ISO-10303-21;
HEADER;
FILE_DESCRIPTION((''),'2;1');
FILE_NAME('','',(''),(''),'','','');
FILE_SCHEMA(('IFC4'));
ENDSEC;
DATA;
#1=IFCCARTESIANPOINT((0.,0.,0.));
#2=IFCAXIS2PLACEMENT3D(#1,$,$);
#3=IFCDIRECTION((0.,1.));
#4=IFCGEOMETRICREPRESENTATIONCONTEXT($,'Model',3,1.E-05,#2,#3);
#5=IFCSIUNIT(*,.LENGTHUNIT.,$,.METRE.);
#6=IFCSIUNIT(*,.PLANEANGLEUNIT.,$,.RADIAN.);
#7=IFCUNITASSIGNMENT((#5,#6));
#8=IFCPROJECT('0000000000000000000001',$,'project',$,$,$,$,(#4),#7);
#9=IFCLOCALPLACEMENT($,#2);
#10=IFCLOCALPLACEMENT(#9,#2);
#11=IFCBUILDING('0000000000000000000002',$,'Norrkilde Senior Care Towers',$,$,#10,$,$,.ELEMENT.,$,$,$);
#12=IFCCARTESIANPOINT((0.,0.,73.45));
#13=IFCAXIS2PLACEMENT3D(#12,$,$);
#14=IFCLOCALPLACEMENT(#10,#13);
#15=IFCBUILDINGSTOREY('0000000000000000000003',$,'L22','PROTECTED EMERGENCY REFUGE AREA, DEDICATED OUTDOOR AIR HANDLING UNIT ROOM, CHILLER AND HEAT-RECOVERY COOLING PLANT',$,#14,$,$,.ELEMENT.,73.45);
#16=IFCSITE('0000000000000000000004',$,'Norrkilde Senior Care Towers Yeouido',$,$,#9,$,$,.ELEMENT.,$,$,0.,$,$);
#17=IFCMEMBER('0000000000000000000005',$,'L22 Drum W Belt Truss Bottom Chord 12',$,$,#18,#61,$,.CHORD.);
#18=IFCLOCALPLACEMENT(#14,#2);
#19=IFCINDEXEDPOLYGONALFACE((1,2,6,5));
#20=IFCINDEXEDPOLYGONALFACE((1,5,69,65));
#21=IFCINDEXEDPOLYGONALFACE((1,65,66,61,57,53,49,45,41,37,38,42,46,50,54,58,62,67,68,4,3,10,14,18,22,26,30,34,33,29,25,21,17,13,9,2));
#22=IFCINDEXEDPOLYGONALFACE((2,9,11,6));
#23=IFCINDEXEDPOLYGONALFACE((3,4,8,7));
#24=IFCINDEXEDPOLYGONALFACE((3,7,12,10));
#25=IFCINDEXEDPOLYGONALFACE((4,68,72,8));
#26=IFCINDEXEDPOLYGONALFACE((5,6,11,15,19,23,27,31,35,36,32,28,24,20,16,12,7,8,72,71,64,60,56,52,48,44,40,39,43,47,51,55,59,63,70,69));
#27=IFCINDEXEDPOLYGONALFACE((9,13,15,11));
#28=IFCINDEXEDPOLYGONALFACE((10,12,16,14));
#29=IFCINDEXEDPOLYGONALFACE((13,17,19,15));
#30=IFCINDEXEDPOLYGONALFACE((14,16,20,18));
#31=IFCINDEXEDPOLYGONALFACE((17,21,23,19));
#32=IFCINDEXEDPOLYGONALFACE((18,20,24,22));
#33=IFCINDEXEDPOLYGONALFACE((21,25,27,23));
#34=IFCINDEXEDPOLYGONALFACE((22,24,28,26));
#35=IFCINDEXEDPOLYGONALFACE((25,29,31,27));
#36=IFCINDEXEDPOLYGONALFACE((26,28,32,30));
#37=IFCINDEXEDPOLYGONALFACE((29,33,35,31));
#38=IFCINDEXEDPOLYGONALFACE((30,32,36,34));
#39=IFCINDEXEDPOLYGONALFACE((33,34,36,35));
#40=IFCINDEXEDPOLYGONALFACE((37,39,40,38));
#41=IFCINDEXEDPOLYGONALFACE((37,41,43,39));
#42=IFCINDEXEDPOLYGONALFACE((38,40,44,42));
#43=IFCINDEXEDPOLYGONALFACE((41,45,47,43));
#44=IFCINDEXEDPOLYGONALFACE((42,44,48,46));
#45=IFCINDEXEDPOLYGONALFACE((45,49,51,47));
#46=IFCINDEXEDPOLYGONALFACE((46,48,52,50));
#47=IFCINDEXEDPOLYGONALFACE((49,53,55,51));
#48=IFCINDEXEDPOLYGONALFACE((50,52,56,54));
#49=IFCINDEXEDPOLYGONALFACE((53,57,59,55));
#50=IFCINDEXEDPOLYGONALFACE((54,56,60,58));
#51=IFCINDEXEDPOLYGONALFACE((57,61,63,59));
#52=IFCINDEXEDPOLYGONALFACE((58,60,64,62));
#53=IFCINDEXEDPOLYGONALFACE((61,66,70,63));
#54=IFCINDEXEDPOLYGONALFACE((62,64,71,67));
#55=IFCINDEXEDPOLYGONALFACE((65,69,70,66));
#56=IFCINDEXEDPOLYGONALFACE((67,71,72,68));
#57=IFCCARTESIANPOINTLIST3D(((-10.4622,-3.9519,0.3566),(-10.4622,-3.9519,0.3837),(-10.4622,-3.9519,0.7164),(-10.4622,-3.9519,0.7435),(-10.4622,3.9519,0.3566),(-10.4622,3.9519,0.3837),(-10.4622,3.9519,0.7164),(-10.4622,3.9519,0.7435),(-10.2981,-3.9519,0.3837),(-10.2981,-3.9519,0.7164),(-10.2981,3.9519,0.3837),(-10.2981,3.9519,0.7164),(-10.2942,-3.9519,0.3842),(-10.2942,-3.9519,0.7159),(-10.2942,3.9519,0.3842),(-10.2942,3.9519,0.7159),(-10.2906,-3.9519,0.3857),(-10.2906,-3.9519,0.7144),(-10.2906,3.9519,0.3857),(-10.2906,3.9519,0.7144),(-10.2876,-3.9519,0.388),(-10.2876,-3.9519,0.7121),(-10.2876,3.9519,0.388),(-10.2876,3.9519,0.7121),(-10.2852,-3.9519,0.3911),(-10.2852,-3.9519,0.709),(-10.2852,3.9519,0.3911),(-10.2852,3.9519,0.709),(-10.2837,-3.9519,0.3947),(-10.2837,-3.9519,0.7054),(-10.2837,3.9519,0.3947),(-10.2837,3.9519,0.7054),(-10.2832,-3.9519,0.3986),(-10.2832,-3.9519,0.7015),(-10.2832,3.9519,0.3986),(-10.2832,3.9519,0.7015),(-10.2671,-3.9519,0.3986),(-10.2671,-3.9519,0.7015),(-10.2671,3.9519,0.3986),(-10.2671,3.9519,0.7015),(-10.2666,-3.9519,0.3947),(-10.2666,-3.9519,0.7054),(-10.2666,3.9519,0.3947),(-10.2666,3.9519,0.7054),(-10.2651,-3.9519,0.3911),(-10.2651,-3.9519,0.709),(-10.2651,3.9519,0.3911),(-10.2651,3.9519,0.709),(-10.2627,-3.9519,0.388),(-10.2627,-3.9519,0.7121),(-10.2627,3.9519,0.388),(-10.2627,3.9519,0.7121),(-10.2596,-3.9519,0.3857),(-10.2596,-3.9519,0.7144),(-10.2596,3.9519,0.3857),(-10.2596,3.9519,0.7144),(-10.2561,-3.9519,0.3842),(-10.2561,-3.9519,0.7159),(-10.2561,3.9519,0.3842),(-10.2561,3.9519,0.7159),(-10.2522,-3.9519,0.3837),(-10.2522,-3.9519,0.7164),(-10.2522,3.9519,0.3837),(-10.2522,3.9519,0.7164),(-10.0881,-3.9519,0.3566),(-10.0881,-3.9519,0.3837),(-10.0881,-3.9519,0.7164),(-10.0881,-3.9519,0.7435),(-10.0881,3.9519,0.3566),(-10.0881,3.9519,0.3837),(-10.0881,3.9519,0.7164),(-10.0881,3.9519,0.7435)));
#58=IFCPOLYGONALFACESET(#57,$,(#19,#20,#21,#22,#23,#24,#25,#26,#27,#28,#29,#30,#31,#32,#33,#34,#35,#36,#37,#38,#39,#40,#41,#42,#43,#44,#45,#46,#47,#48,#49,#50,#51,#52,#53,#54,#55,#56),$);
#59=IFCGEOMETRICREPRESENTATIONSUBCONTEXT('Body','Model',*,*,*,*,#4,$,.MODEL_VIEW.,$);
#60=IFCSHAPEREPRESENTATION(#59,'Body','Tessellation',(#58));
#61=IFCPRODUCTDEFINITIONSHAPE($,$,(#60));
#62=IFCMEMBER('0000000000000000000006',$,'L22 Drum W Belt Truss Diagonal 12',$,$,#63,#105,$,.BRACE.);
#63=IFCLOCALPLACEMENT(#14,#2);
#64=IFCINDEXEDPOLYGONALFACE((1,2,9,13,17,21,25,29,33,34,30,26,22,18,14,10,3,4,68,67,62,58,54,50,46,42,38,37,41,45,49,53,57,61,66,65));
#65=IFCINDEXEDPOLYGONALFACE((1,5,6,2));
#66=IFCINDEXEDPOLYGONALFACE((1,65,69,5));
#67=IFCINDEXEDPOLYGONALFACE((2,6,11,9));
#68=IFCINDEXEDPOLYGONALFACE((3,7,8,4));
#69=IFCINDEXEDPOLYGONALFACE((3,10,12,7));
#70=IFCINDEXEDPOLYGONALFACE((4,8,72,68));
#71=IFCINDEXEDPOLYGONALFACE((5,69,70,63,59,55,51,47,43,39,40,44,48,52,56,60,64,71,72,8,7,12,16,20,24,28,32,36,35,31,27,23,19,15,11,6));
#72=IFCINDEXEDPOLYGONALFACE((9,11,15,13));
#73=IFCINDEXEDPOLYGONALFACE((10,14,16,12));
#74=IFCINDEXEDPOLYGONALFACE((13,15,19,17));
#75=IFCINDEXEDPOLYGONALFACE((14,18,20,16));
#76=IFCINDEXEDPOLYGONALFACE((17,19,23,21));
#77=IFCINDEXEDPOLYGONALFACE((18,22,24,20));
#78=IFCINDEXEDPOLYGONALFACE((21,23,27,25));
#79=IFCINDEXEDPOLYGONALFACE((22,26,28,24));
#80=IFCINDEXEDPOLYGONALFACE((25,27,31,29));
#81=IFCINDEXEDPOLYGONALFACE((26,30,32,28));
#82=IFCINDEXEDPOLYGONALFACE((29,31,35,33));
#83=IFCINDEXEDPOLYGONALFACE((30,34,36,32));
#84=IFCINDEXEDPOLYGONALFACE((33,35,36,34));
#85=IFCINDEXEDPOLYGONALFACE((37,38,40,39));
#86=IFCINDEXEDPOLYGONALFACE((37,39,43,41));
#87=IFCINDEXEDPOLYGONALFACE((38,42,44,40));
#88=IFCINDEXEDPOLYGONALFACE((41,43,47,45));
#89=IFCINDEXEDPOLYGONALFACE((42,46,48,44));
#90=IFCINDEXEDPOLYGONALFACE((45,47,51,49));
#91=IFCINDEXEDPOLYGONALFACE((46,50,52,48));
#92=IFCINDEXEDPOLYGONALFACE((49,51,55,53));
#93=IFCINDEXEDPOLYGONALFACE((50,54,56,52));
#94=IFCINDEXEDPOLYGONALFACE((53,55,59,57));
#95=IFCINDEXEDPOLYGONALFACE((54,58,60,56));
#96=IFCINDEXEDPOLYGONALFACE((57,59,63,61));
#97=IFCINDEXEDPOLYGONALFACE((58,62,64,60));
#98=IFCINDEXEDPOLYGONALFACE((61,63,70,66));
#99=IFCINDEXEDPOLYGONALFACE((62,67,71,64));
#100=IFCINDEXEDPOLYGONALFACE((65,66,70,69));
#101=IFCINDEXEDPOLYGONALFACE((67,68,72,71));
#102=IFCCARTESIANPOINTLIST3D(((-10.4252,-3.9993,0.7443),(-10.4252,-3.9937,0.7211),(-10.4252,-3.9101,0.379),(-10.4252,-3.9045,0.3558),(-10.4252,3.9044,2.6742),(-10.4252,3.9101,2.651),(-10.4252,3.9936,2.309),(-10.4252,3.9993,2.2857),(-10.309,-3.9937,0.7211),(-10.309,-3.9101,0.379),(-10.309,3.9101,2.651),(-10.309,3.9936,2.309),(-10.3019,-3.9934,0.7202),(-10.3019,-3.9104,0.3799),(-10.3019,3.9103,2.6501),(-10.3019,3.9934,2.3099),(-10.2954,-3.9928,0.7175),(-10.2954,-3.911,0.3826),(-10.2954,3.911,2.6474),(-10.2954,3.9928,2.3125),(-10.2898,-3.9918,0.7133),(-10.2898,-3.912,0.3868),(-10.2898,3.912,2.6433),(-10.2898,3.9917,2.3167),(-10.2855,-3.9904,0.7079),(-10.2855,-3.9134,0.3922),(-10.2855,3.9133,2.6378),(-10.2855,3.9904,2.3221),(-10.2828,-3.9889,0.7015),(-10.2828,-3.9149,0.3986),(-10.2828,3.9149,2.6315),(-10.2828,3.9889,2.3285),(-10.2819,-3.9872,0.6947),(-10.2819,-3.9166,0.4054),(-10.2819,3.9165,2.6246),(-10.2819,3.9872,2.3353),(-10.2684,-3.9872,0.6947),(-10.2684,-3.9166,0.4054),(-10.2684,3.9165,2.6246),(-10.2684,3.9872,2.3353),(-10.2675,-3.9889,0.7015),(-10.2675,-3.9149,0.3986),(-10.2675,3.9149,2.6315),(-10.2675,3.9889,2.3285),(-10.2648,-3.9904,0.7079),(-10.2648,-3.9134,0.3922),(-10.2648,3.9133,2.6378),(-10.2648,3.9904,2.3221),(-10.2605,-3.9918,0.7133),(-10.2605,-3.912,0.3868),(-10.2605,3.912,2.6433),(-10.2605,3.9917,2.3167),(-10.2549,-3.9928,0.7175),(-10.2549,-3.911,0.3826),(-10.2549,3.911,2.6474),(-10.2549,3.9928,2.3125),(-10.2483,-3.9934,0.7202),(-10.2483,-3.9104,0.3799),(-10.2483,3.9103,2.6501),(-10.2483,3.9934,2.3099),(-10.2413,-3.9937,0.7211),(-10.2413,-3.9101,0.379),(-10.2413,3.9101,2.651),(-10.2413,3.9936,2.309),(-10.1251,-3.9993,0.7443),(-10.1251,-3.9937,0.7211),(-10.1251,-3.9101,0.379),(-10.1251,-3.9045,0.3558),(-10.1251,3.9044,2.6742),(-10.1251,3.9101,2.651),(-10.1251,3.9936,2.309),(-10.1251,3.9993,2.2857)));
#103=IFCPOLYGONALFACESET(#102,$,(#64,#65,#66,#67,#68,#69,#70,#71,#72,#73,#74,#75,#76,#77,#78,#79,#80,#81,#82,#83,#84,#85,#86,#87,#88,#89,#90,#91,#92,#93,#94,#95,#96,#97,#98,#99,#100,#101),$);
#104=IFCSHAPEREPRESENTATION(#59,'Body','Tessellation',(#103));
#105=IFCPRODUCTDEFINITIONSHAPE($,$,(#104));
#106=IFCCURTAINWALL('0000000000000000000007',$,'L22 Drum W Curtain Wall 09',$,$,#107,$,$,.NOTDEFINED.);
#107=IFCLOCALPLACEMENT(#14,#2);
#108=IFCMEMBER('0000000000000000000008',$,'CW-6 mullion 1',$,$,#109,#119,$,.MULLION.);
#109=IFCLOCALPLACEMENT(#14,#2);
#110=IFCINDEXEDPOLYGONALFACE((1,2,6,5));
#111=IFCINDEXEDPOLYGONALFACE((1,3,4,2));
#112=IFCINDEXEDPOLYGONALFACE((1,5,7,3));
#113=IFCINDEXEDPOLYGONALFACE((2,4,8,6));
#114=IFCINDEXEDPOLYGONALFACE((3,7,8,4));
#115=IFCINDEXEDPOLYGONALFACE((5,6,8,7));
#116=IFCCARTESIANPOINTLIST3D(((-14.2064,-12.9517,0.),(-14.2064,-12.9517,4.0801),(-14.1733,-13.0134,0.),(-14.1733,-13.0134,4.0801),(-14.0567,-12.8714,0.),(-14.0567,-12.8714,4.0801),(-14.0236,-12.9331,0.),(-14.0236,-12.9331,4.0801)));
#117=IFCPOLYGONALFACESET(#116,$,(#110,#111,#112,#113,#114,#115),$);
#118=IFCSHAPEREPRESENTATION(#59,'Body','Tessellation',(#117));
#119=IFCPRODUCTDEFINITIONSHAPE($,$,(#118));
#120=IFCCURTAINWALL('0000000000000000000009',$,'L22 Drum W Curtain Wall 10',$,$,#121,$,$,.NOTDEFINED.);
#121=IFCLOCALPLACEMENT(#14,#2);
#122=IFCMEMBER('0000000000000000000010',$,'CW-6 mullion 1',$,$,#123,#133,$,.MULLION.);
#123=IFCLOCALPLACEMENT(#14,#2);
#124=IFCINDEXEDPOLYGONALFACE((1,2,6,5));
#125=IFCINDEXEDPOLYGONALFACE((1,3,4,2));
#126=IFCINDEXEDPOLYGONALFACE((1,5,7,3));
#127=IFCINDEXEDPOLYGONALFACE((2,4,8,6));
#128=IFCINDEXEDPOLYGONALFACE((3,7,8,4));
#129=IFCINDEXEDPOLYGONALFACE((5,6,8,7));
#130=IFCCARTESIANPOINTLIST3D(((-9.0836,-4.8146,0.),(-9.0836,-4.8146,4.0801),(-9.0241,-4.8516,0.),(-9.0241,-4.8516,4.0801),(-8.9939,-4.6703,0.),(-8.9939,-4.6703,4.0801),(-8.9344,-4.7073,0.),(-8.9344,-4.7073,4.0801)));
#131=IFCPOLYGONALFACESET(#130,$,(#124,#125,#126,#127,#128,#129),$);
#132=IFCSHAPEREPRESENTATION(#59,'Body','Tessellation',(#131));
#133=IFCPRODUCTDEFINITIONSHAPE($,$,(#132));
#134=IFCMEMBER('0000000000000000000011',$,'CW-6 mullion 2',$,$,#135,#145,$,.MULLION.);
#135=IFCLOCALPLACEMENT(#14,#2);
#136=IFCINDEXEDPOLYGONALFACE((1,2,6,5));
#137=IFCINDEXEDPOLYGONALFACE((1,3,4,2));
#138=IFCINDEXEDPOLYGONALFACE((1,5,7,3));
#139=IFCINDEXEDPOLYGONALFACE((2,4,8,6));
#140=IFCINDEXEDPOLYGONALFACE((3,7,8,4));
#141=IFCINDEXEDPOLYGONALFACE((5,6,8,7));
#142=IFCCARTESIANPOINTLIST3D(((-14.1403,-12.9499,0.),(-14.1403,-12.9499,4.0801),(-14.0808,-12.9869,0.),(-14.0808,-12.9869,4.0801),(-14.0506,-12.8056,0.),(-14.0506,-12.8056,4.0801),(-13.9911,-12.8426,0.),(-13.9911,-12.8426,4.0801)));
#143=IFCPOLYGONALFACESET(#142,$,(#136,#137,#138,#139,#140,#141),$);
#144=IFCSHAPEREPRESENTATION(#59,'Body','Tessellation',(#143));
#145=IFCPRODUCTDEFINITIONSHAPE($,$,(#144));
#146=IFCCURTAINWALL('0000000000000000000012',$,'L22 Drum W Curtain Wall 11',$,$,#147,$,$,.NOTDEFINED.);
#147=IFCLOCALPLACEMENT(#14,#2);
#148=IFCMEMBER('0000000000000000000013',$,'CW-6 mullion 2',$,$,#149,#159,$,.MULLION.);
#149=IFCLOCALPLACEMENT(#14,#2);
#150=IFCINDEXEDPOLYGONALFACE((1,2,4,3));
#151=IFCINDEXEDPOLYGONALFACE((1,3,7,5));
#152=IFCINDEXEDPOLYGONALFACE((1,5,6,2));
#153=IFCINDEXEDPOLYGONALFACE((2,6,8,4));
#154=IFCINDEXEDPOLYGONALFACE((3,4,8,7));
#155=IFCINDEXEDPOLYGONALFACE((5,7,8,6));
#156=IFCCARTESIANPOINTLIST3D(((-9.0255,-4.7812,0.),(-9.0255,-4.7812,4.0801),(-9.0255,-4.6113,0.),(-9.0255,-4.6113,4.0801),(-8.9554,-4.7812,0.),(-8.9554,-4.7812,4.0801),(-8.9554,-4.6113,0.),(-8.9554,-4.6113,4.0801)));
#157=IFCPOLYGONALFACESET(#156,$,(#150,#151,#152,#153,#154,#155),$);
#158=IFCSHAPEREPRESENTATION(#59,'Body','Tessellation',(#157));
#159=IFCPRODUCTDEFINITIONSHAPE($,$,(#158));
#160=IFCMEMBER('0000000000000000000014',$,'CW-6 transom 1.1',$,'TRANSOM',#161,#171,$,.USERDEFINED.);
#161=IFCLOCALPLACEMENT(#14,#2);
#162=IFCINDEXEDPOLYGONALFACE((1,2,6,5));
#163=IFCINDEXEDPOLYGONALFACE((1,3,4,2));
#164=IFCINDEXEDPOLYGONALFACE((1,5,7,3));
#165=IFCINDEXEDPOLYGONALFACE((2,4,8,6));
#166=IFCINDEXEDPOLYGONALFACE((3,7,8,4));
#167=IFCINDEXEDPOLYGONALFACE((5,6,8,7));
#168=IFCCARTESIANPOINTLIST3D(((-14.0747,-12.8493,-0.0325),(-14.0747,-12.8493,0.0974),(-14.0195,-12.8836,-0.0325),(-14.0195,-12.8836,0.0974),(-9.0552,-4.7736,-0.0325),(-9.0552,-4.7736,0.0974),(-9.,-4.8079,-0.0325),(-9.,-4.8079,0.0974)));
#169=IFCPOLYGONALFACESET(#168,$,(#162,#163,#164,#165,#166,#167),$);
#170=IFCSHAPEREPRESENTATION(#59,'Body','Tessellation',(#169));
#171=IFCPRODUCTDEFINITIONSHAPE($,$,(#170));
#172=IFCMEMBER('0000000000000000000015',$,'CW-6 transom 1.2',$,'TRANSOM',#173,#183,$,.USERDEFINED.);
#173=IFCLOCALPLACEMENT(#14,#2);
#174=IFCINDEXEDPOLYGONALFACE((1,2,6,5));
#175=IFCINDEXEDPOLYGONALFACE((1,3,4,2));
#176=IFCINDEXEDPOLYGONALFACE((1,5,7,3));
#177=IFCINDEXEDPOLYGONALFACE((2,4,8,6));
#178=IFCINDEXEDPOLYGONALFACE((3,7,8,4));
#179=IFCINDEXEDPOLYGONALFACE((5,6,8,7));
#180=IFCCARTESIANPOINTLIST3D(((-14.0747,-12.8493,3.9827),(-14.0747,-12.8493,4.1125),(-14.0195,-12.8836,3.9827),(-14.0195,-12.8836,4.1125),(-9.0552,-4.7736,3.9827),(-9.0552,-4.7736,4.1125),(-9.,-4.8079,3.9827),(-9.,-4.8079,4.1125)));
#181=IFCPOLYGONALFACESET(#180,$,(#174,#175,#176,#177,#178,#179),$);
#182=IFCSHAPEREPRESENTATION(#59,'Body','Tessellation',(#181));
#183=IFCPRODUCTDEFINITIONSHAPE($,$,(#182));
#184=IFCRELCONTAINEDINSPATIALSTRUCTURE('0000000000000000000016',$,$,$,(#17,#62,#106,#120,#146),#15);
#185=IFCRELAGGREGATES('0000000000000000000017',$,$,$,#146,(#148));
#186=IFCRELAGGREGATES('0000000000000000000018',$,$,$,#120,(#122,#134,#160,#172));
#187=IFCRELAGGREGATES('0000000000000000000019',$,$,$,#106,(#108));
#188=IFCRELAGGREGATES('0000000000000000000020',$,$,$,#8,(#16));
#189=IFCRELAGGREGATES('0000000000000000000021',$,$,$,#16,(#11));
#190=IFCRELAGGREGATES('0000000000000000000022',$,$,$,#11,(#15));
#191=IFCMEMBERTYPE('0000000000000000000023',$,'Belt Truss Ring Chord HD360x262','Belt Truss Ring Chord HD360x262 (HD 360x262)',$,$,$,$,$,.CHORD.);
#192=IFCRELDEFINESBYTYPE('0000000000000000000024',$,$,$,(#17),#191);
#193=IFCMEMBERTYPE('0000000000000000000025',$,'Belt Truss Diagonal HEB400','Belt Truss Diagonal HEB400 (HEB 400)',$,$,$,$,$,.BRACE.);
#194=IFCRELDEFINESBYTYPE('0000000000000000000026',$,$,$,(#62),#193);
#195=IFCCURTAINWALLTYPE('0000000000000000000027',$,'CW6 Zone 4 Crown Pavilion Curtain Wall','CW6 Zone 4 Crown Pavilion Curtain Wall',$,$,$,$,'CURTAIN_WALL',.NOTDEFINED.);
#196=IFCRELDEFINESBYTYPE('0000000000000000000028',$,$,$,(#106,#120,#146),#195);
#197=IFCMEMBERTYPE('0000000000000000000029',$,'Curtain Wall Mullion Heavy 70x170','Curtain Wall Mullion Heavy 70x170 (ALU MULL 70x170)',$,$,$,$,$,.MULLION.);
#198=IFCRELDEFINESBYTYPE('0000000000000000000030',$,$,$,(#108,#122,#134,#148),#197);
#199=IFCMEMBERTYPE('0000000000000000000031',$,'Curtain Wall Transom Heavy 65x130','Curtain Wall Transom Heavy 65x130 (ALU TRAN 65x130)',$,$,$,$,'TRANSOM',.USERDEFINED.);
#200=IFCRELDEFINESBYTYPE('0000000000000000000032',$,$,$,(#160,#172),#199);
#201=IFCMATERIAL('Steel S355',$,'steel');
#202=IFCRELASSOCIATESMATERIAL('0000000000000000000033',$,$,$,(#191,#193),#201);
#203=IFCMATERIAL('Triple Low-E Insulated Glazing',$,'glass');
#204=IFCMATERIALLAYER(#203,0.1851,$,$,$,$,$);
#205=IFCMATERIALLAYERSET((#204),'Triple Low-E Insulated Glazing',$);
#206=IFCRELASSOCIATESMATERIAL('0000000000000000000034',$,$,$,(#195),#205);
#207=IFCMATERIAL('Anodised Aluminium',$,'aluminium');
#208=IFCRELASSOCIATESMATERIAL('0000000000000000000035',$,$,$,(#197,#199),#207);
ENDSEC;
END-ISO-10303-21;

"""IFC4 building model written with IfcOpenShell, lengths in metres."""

from ifc_helpers import new_model, si_unit, direction, frame, origin, origin_2d, place, context, subcontext, project, spatial, rectangle, i_section, extrude, source, transform, mapped, material, layer, layer_set, material_profile, profile_set, type_object, type_shapes, element, aggregate, save


model = new_model("IFC4")

# Units and contexts
model_context = context("Model", 3, precision=1e-05, world=origin(), true_north=direction((0.0, 1.0)))
body_context = subcontext(model_context, "Body", "Model", "MODEL_VIEW")
ifc_project = project(units=[si_unit("LENGTHUNIT", "METRE"), si_unit("PLANEANGLEUNIT", "RADIAN")], contexts=[model_context])

# Site, building, storey
site_placement = place(None, origin())
site = spatial("IfcSite", under=ifc_project, at=site_placement, Name="Norrkilde Senior Care Towers Yeouido", CompositionType="ELEMENT", RefElevation=0.0)
building_placement = place(site_placement, origin())
building = spatial("IfcBuilding", under=site, at=building_placement, Name="Norrkilde Senior Care Towers", CompositionType="ELEMENT")
storey_placement = place(building_placement, frame((0.0, 0.0, 73.45)))
storey = spatial("IfcBuildingStorey", under=building, at=storey_placement, Name="L22", Description="PROTECTED EMERGENCY REFUGE AREA, DEDICATED OUTDOOR AIR HANDLING UNIT ROOM, CHILLER AND HEAT-RECOVERY COOLING PLANT", CompositionType="ELEMENT", Elevation=73.45)

# Members
ifc_material_1 = material(Name="Steel S355", Category="steel")
ifc_material_profile_1 = material_profile(ifc_material_1, i_section(OverallWidth=0.374, OverallDepth=0.387, WebThickness=0.0161, FlangeThickness=0.0271, FilletRadius=0.0149, at=origin_2d()), Name="HD 360x262")
ifc_profile_set_1 = profile_set([ifc_material_profile_1], Name="Steel S355")
member_type_1 = type_object("IfcMemberType", Name="Belt Truss Ring Chord HD360x262", Description="Belt Truss Ring Chord HD360x262 (HD 360x262)", PredefinedType="CHORD", material=ifc_profile_set_1)
ifc_material_profile_2 = material_profile(ifc_material_1, i_section(OverallWidth=0.3, OverallDepth=0.3999, WebThickness=0.0134, FlangeThickness=0.0239, FilletRadius=0.0271, at=origin_2d()), Name="HEB 400")
ifc_profile_set_2 = profile_set([ifc_material_profile_2], Name="Steel S355")
member_type_2 = type_object("IfcMemberType", Name="Belt Truss Diagonal HEB400", Description="Belt Truss Diagonal HEB400 (HEB 400)", PredefinedType="BRACE", material=ifc_profile_set_2)
shared_shape_1 = source(origin(), body_context, "Body", "SweptSolid", [
    extrude(i_section(OverallWidth=0.374, OverallDepth=0.387, WebThickness=0.0161, FlangeThickness=0.0271, FilletRadius=0.0149, at=origin_2d()), origin(), (0.0, 0.0, 1.0), 7.9038),
])
member_1_placement = place(storey_placement, frame((-10.2751, -3.9519, 0.55), z_axis=(0.0, 1.0, 0.0), x_axis=(-1.0, 0.0, 0.0)))
element("IfcMember", 1, at=member_1_placement, inside=storey, type_object=member_type_1, Name="L22 Drum W Belt Truss Bottom Chord 12", PredefinedType="CHORD", context=body_context, shape_type="MappedRepresentation", body=[
    mapped(shared_shape_1, transform((0.0, 0.0, 0.0), x_axis=(1.0, 0.0, 0.0), y_axis=(0.0, 1.0, 0.0), z_axis=(0.0, 0.0, 1.0), scale=1.0)),
])
shared_shape_2 = source(origin(), body_context, "Body", "SweptSolid", [
    extrude(i_section(OverallWidth=0.3, OverallDepth=0.3999, WebThickness=0.0134, FlangeThickness=0.0239, FilletRadius=0.0271, at=origin_2d()), origin(), (0.0, 0.0, 1.0), 8.136),
])
member_2_placement = place(storey_placement, frame((-10.2751, -3.9519, 0.55), z_axis=(0.0, 0.971459, 0.237208), x_axis=(-1.0, 0.0, 0.0)))
element("IfcMember", 2, at=member_2_placement, inside=storey, type_object=member_type_2, Name="L22 Drum W Belt Truss Diagonal 12", PredefinedType="BRACE", context=body_context, shape_type="MappedRepresentation", body=[
    mapped(shared_shape_2, transform((0.0, 0.0, 0.0), x_axis=(1.0, 0.0, 0.0), y_axis=(0.0, 1.0, 0.0), z_axis=(0.0, 0.0, 1.0), scale=1.0)),
])

# Curtain wall, member
ifc_material_2 = material(Name="Triple Low-E Insulated Glazing", Category="glass")
ifc_layer_1 = layer(ifc_material_2, 0.1851)
ifc_layer_set_1 = layer_set([ifc_layer_1], Name="Triple Low-E Insulated Glazing")
curtain_wall_type = type_object("IfcCurtainWallType", Name="CW6 Zone 4 Crown Pavilion Curtain Wall", Description="CW6 Zone 4 Crown Pavilion Curtain Wall", ElementType="CURTAIN_WALL", PredefinedType="NOTDEFINED", material=ifc_layer_set_1)
curtain_wall_1_placement = place(storey_placement, origin())
curtain_wall_1 = element("IfcCurtainWall", 3, at=curtain_wall_1_placement, inside=storey, type_object=curtain_wall_type, Name="L22 Drum W Curtain Wall 09", PredefinedType="NOTDEFINED")
ifc_material_3 = material(Name="Anodised Aluminium", Category="aluminium")
ifc_material_profile_3 = material_profile(ifc_material_3, rectangle(XDim=0.0701, YDim=0.1699, at=origin_2d()), Name="ALU MULL 70x170")
ifc_profile_set_3 = profile_set([ifc_material_profile_3], Name="Anodised Aluminium")
member_type_3 = type_object("IfcMemberType", Name="Curtain Wall Mullion Heavy 70x170", Description="Curtain Wall Mullion Heavy 70x170 (ALU MULL 70x170)", PredefinedType="MULLION", material=ifc_profile_set_3)
shared_shape_3 = source(origin(), body_context, "Body", "SweptSolid", [
    extrude(rectangle(XDim=0.0701, YDim=0.1699, at=origin_2d()), origin(), (0.0, 0.0, 1.0), 4.0801),
])
type_shapes(member_type_3, [shared_shape_3])
member_3_placement = place(storey_placement, frame((-14.115, -12.9424, 0.0), z_axis=(0.0, 0.0, 1.0), x_axis=(0.472608, -0.881273, 0.0)))
member_3 = element("IfcMember", 4, at=member_3_placement, type_object=member_type_3, Name="CW-6 mullion 1", PredefinedType="MULLION", context=body_context, shape_type="MappedRepresentation", body=[
    mapped(shared_shape_3, transform((0.0, 0.0, 0.0), x_axis=(1.0, 0.0, 0.0), y_axis=(0.0, 1.0, 0.0), z_axis=(0.0, 0.0, 1.0), scale=1.0)),
])

# Curtain wall, members
curtain_wall_2_placement = place(storey_placement, origin())
curtain_wall_2 = element("IfcCurtainWall", 5, at=curtain_wall_2_placement, inside=storey, type_object=curtain_wall_type, Name="L22 Drum W Curtain Wall 10", PredefinedType="NOTDEFINED")
member_4_placement = place(storey_placement, frame((-9.009, -4.761, 0.0), z_axis=(0.0, 0.0, 1.0), x_axis=(0.849306, -0.527901, 0.0)))
member_4 = element("IfcMember", 6, at=member_4_placement, type_object=member_type_3, Name="CW-6 mullion 1", PredefinedType="MULLION", context=body_context, shape_type="MappedRepresentation", body=[
    mapped(shared_shape_3, transform((0.0, 0.0, 0.0), x_axis=(1.0, 0.0, 0.0), y_axis=(0.0, 1.0, 0.0), z_axis=(0.0, 0.0, 1.0), scale=1.0)),
])
member_5_placement = place(storey_placement, frame((-14.0657, -12.8962, 0.0), z_axis=(0.0, 0.0, 1.0), x_axis=(0.849306, -0.527901, 0.0)))
member_5 = element("IfcMember", 7, at=member_5_placement, type_object=member_type_3, Name="CW-6 mullion 2", PredefinedType="MULLION", context=body_context, shape_type="MappedRepresentation", body=[
    mapped(shared_shape_3, transform((0.0, 0.0, 0.0), x_axis=(1.0, 0.0, 0.0), y_axis=(0.0, 1.0, 0.0), z_axis=(0.0, 0.0, 1.0), scale=1.0)),
])

# Curtain wall, member
curtain_wall_3_placement = place(storey_placement, origin())
curtain_wall_3 = element("IfcCurtainWall", 8, at=curtain_wall_3_placement, inside=storey, type_object=curtain_wall_type, Name="L22 Drum W Curtain Wall 11", PredefinedType="NOTDEFINED")
member_6_placement = place(storey_placement, frame((-8.9905, -4.6963, 0.0), z_axis=(0.0, 0.0, 1.0), x_axis=(1.0, 0.0, 0.0)))
member_6 = element("IfcMember", 9, at=member_6_placement, type_object=member_type_3, Name="CW-6 mullion 2", PredefinedType="MULLION", context=body_context, shape_type="MappedRepresentation", body=[
    mapped(shared_shape_3, transform((0.0, 0.0, 0.0), x_axis=(1.0, 0.0, 0.0), y_axis=(0.0, 1.0, 0.0), z_axis=(0.0, 0.0, 1.0), scale=1.0)),
])
aggregate(curtain_wall_3, [member_6])

# Members
ifc_material_profile_4 = material_profile(ifc_material_3, rectangle(XDim=0.0649, YDim=0.1299, at=origin_2d()), Name="ALU TRAN 65x130")
ifc_profile_set_4 = profile_set([ifc_material_profile_4], Name="Anodised Aluminium")
member_type_4 = type_object("IfcMemberType", Name="Curtain Wall Transom Heavy 65x130", Description="Curtain Wall Transom Heavy 65x130 (ALU TRAN 65x130)", ElementType="TRANSOM", PredefinedType="USERDEFINED", material=ifc_profile_set_4)
shared_shape_4 = source(origin(), body_context, "Body", "SweptSolid", [
    extrude(rectangle(XDim=0.0649, YDim=0.1299, at=origin_2d()), origin(), (0.0, 0.0, 1.0), 9.5085),
])
member_7_placement = place(storey_placement, frame((-9.0276, -4.7908, 0.0325), z_axis=(-0.527897, -0.849308, 0.0), x_axis=(0.849308, -0.527897, 0.0)))
member_7 = element("IfcMember", 10, at=member_7_placement, type_object=member_type_4, Name="CW-6 transom 1.1", ObjectType="TRANSOM", PredefinedType="USERDEFINED", context=body_context, shape_type="MappedRepresentation", body=[
    mapped(shared_shape_4, transform((0.0, 0.0, 0.0), x_axis=(1.0, 0.0, 0.0), y_axis=(0.0, 1.0, 0.0), z_axis=(0.0, 0.0, 1.0), scale=1.0)),
])
member_8_placement = place(storey_placement, frame((-9.0276, -4.7908, 4.0476), z_axis=(-0.527897, -0.849308, 0.0), x_axis=(0.849308, -0.527897, 0.0)))
member_8 = element("IfcMember", 11, at=member_8_placement, type_object=member_type_4, Name="CW-6 transom 1.2", ObjectType="TRANSOM", PredefinedType="USERDEFINED", context=body_context, shape_type="MappedRepresentation", body=[
    mapped(shared_shape_4, transform((0.0, 0.0, 0.0), x_axis=(1.0, 0.0, 0.0), y_axis=(0.0, 1.0, 0.0), z_axis=(0.0, 0.0, 1.0), scale=1.0)),
])

aggregate(curtain_wall_2, [member_4, member_5, member_7, member_8])
aggregate(curtain_wall_1, [member_3])

save(model, "model.ifc")
